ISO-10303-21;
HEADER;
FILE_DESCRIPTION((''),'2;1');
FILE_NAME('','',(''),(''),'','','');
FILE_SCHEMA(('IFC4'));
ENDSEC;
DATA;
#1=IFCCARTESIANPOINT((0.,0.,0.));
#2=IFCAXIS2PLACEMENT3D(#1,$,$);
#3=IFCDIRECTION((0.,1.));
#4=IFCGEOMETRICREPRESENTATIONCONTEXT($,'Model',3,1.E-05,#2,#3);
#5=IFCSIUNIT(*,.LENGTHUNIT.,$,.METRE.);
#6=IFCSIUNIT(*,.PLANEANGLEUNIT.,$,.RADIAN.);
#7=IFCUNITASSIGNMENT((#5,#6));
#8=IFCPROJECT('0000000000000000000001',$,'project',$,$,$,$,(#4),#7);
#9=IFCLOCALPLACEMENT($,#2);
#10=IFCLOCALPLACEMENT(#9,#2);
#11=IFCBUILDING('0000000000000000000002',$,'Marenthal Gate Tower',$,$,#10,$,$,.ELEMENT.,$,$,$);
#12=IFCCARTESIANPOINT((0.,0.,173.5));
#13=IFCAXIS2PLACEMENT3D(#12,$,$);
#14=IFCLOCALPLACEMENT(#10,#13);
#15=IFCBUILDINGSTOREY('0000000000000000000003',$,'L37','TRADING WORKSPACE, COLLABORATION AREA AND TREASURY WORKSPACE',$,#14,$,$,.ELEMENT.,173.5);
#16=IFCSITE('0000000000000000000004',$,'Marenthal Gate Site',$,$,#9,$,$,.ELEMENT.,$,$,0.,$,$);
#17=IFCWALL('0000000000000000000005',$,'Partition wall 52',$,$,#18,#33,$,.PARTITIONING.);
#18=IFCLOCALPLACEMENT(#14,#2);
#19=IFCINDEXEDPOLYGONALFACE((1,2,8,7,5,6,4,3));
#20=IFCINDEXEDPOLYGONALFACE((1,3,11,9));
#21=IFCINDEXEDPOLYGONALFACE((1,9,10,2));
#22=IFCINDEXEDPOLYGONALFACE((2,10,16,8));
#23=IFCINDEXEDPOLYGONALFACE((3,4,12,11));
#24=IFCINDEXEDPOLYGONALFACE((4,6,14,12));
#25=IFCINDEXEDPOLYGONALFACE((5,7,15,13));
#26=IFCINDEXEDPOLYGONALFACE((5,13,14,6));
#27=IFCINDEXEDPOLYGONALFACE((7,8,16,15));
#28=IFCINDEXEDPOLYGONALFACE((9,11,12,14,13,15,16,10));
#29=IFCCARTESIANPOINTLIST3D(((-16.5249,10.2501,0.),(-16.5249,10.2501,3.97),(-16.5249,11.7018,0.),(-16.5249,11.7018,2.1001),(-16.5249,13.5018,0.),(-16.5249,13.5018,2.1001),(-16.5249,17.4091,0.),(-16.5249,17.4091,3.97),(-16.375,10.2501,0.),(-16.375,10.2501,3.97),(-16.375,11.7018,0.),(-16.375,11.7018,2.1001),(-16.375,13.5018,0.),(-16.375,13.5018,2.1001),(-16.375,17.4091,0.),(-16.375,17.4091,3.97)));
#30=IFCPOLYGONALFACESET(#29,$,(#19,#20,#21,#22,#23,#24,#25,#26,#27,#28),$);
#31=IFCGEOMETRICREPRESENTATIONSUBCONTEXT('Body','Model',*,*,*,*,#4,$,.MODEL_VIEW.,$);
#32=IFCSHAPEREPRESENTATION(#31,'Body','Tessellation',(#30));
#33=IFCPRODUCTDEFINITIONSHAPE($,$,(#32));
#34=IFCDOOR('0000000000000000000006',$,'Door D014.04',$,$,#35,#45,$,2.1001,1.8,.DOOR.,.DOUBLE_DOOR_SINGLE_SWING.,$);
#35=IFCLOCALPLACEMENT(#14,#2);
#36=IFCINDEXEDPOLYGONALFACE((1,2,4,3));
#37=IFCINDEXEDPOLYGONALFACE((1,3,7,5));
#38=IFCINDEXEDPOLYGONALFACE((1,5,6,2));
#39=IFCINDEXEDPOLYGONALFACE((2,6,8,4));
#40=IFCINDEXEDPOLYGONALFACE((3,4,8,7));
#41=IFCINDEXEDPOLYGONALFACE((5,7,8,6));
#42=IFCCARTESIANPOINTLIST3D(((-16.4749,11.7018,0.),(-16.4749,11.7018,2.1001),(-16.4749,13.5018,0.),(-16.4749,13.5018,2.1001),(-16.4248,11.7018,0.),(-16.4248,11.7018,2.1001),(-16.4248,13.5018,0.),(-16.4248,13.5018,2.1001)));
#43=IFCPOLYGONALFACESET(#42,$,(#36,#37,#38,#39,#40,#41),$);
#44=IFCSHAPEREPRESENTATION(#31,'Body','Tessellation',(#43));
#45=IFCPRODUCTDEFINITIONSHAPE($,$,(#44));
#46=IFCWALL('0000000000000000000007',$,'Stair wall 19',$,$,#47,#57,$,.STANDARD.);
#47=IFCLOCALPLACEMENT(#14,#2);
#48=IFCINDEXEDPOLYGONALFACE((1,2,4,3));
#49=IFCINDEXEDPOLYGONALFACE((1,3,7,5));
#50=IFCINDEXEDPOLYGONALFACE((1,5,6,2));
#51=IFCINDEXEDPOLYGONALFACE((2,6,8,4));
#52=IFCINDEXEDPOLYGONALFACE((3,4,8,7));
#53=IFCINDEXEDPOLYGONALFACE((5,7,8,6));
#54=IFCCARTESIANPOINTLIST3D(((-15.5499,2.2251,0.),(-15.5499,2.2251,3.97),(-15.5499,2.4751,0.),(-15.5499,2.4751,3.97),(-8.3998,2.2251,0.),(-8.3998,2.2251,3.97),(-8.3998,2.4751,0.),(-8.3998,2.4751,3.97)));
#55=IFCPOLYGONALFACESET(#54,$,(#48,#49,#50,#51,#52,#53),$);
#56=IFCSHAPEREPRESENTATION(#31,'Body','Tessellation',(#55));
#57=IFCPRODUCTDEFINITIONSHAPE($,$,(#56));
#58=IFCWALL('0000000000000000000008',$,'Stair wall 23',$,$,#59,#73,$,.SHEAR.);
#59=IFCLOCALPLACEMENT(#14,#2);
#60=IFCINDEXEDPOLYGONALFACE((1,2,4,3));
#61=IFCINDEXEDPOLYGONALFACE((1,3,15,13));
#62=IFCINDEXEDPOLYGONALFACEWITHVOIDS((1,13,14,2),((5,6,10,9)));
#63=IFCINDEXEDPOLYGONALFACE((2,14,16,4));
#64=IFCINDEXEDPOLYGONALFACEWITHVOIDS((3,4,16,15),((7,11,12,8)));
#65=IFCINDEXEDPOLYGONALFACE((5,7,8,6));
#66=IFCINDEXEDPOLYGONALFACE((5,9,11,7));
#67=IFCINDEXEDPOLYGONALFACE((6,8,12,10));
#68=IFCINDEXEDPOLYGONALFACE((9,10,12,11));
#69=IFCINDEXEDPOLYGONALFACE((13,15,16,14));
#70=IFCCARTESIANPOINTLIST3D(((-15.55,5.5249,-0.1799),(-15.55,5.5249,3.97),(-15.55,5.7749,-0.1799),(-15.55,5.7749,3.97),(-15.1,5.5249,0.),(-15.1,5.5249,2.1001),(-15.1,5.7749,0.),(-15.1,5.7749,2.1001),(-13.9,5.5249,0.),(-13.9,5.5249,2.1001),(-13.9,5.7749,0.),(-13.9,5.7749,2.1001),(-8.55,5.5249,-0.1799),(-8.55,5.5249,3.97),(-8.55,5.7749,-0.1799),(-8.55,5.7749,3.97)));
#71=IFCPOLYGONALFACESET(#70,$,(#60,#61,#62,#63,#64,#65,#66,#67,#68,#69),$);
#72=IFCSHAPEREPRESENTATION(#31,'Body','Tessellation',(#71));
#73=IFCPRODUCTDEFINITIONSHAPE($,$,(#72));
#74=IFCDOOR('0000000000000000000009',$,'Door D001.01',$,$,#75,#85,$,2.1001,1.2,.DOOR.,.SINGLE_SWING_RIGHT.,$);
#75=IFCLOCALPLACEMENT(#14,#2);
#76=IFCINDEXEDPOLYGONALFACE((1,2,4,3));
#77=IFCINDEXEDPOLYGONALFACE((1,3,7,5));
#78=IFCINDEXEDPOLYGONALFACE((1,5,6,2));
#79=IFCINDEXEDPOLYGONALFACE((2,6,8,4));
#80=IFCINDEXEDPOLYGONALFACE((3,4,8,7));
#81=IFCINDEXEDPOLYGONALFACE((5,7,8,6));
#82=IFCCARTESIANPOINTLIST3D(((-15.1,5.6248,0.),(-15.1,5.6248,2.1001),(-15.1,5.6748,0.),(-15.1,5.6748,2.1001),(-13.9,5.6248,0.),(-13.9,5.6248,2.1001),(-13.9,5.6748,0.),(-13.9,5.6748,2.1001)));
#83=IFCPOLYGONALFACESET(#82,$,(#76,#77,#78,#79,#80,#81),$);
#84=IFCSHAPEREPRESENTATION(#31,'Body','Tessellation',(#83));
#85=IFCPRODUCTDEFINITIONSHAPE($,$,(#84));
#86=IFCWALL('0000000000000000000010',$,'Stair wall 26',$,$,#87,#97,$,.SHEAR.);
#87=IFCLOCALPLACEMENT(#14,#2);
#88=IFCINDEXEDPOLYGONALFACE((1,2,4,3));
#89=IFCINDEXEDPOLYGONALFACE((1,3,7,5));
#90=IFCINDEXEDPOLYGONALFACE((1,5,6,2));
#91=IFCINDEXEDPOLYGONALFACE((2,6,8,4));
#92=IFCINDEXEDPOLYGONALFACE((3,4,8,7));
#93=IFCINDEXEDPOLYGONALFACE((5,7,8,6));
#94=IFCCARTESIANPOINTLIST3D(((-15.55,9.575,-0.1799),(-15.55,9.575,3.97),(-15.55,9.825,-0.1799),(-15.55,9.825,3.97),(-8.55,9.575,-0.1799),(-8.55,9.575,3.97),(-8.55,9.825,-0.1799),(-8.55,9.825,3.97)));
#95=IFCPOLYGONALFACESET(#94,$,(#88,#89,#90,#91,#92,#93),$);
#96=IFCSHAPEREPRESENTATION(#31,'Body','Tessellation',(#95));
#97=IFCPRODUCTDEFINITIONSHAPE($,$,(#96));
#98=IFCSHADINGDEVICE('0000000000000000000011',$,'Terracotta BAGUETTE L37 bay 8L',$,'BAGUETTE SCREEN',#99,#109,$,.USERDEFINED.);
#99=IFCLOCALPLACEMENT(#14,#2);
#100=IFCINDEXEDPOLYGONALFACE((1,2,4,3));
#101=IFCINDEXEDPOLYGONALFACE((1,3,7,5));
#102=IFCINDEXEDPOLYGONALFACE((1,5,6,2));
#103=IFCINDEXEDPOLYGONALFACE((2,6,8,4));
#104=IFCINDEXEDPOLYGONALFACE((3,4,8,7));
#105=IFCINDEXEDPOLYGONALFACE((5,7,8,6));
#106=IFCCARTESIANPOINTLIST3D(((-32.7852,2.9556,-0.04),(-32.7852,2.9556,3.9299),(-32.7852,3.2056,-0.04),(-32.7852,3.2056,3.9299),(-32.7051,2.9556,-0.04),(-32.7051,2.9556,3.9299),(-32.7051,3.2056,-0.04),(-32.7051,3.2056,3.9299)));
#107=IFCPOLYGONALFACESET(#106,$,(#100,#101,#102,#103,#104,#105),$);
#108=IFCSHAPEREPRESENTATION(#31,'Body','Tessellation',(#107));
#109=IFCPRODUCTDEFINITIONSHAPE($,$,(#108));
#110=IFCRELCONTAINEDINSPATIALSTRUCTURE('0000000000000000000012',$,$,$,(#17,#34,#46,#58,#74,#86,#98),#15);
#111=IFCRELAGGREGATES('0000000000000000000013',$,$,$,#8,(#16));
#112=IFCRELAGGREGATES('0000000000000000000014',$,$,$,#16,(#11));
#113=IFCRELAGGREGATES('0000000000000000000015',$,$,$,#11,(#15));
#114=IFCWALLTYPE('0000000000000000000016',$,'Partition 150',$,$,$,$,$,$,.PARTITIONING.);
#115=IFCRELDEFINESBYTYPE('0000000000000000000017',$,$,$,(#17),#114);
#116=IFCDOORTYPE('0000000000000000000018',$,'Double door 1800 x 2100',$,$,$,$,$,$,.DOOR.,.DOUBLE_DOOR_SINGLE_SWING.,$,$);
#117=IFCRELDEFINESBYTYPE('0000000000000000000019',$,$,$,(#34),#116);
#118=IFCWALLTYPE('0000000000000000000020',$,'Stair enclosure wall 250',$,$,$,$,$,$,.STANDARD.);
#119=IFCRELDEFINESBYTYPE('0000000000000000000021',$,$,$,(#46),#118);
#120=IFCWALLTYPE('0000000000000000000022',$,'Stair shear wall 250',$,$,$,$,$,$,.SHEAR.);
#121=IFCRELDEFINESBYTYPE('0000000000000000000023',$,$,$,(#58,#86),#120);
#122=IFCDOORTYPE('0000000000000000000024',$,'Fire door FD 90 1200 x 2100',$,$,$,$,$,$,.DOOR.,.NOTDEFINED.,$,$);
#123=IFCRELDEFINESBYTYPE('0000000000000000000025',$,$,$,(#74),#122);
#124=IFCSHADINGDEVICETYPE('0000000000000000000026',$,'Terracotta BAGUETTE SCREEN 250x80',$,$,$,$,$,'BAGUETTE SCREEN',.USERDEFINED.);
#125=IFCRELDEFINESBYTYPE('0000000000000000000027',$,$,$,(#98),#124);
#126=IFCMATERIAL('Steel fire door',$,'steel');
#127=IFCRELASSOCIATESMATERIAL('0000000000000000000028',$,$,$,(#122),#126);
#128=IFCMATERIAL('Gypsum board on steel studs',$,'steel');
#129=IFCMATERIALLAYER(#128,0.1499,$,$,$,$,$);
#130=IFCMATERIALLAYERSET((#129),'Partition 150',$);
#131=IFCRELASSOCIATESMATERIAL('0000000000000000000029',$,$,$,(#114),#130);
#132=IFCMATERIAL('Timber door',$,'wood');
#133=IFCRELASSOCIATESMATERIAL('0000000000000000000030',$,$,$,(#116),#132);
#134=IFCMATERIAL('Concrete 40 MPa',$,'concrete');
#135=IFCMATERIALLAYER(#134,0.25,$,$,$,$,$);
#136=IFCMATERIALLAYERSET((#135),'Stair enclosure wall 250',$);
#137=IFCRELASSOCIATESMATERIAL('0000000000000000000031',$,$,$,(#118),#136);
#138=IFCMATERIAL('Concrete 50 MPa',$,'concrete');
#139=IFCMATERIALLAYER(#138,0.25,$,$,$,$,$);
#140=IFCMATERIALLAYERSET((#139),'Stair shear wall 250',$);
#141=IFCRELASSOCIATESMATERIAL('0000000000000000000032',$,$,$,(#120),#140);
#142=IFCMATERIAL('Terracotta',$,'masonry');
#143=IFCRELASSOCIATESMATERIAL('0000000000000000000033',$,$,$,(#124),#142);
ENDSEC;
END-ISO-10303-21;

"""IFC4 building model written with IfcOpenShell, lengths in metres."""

from ifc_helpers import new_model, si_unit, direction, frame, frame_2d, origin, origin_2d, place, context, subcontext, project, spatial, rectangle, extrude, material, layer, layer_set, material_profile, profile_set, type_object, element, fill, save


model = new_model("IFC4")

# Units and contexts
model_context = context("Model", 3, precision=1e-05, world=origin(), true_north=direction((0.0, 1.0)))
body_context = subcontext(model_context, "Body", "Model", "MODEL_VIEW")
ifc_project = project(units=[si_unit("LENGTHUNIT", "METRE"), si_unit("PLANEANGLEUNIT", "RADIAN")], contexts=[model_context])

# Site, building, storey
site_placement = place(None, origin())
site = spatial("IfcSite", under=ifc_project, at=site_placement, Name="Marenthal Gate Site", CompositionType="ELEMENT", RefElevation=0.0)
building_placement = place(site_placement, origin())
building = spatial("IfcBuilding", under=site, at=building_placement, Name="Marenthal Gate Tower", CompositionType="ELEMENT")
storey_placement = place(building_placement, frame((0.0, 0.0, 173.5)))
storey = spatial("IfcBuildingStorey", under=building, at=storey_placement, Name="L37", Description="TRADING WORKSPACE, COLLABORATION AREA AND TREASURY WORKSPACE", CompositionType="ELEMENT", Elevation=173.5)

# Shared definitions
ifc_material_1 = material(Name="Steel fire door", Category="steel")
door_type_1 = type_object("IfcDoorType", Name="Fire door FD 90 1200 x 2100", OperationType="NOTDEFINED", PredefinedType="DOOR", material=ifc_material_1)

# Wall, opening, door
ifc_material_2 = material(Name="Gypsum board on steel studs", Category="steel")
ifc_layer_1 = layer(ifc_material_2, 0.1499)
ifc_layer_set_1 = layer_set([ifc_layer_1], Name="Partition 150")
wall_type_1 = type_object("IfcWallType", Name="Partition 150", PredefinedType="PARTITIONING", material=ifc_layer_set_1)
wall_1_placement = place(storey_placement, frame((-16.45, 10.25, 0.0), z_axis=(0.0, 0.0, 1.0), x_axis=(0.0, 1.0, 0.0)))
wall_1 = element("IfcWall", 1, at=wall_1_placement, inside=storey, type_object=wall_type_1, Name="Partition wall 52", PredefinedType="PARTITIONING", context=body_context, shape_type="SweptSolid", body=[
    extrude(rectangle(XDim=7.1589, YDim=0.1499, at=frame_2d((3.5796, 0.0))), origin(), (0.0, 0.0, 1.0), 3.97),
])
opening_1_placement = place(wall_1_placement, frame((1.4519, 0.0, 0.0)))
opening_1 = element("IfcOpeningElement", 2, at=opening_1_placement, cuts=wall_1, PredefinedType="OPENING", context=body_context, shape_type="SweptSolid", body=[
    extrude(rectangle(XDim=1.8, YDim=2.1001, at=frame_2d((0.8999, 1.05))), frame((0.0, 0.085, 0.0), z_axis=(0.0, -1.0, 0.0), x_axis=(1.0, 0.0, 0.0)), (0.0, 0.0, 1.0), 0.1699),
])
ifc_material_3 = material(Name="Timber door", Category="wood")
door_type_2 = type_object("IfcDoorType", Name="Double door 1800 x 2100", OperationType="DOUBLE_DOOR_SINGLE_SWING", PredefinedType="DOOR", material=ifc_material_3)
door_1_placement = place(opening_1_placement, origin())
door_1 = element("IfcDoor", 3, at=door_1_placement, inside=storey, type_object=door_type_2, Name="Door D014.04", OperationType="DOUBLE_DOOR_SINGLE_SWING", OverallHeight=2.1001, OverallWidth=1.8, PredefinedType="DOOR", context=body_context, shape_type="SweptSolid", body=[
    extrude(rectangle(XDim=1.8, YDim=2.1001, at=frame_2d((0.8999, 1.05))), frame((0.0, 0.0249, 0.0), z_axis=(0.0, -1.0, 0.0), x_axis=(1.0, 0.0, 0.0)), (0.0, 0.0, 1.0), 0.05),
])
fill(opening_1, door_1)

# Wall
ifc_material_4 = material(Name="Concrete 40 MPa", Category="concrete")
ifc_layer_2 = layer(ifc_material_4, 0.25)
ifc_layer_set_2 = layer_set([ifc_layer_2], Name="Stair enclosure wall 250")
wall_type_2 = type_object("IfcWallType", Name="Stair enclosure wall 250", PredefinedType="STANDARD", material=ifc_layer_set_2)
wall_2_placement = place(storey_placement, frame((-15.55, 2.3501, 0.0), z_axis=(0.0, 0.0, 1.0), x_axis=(1.0, 0.0, 0.0)))
element("IfcWall", 4, at=wall_2_placement, inside=storey, type_object=wall_type_2, Name="Stair wall 19", PredefinedType="STANDARD", context=body_context, shape_type="SweptSolid", body=[
    extrude(rectangle(XDim=7.1501, YDim=0.25, at=frame_2d((3.5752, 0.0))), origin(), (0.0, 0.0, 1.0), 3.97),
])

# Wall, opening, door
ifc_material_5 = material(Name="Concrete 50 MPa", Category="concrete")
ifc_layer_3 = layer(ifc_material_5, 0.25)
ifc_layer_set_3 = layer_set([ifc_layer_3], Name="Stair shear wall 250")
wall_type_3 = type_object("IfcWallType", Name="Stair shear wall 250", PredefinedType="SHEAR", material=ifc_layer_set_3)
wall_3_placement = place(storey_placement, frame((-15.55, 5.6499, -0.1799), z_axis=(0.0, 0.0, 1.0), x_axis=(1.0, 0.0, 0.0)))
wall_3 = element("IfcWall", 5, at=wall_3_placement, inside=storey, type_object=wall_type_3, Name="Stair wall 23", PredefinedType="SHEAR", context=body_context, shape_type="SweptSolid", body=[
    extrude(rectangle(XDim=7.0, YDim=0.25, at=frame_2d((3.5, 0.0))), origin(), (0.0, 0.0, 1.0), 4.1499),
])
opening_2_placement = place(wall_3_placement, frame((0.45, 0.0, 0.1799)))
opening_2 = element("IfcOpeningElement", 6, at=opening_2_placement, cuts=wall_3, PredefinedType="OPENING", context=body_context, shape_type="SweptSolid", body=[
    extrude(rectangle(XDim=1.2, YDim=2.1001, at=frame_2d((0.6001, 1.05))), frame((0.0, 0.135, 0.0), z_axis=(0.0, -1.0, 0.0), x_axis=(1.0, 0.0, 0.0)), (0.0, 0.0, 1.0), 0.27),
])
door_2_placement = place(opening_2_placement, origin())
door_2 = element("IfcDoor", 7, at=door_2_placement, inside=storey, type_object=door_type_1, Name="Door D001.01", OperationType="SINGLE_SWING_RIGHT", OverallHeight=2.1001, OverallWidth=1.2, PredefinedType="DOOR", context=body_context, shape_type="SweptSolid", body=[
    extrude(rectangle(XDim=1.2, YDim=2.1001, at=frame_2d((0.6001, 1.05))), frame((0.0, 0.0249, 0.0), z_axis=(0.0, -1.0, 0.0), x_axis=(1.0, 0.0, 0.0)), (0.0, 0.0, 1.0), 0.05),
])
fill(opening_2, door_2)

# Wall
wall_4_placement = place(storey_placement, frame((-15.55, 9.7, -0.1799), z_axis=(0.0, 0.0, 1.0), x_axis=(1.0, 0.0, 0.0)))
element("IfcWall", 8, at=wall_4_placement, inside=storey, type_object=wall_type_3, Name="Stair wall 26", PredefinedType="SHEAR", context=body_context, shape_type="SweptSolid", body=[
    extrude(rectangle(XDim=7.0, YDim=0.25, at=frame_2d((3.5, 0.0))), origin(), (0.0, 0.0, 1.0), 4.1499),
])

# Shading device
ifc_material_6 = material(Name="Terracotta", Category="masonry")
ifc_material_profile_1 = material_profile(ifc_material_6, rectangle(XDim=0.25, YDim=0.0801, at=origin_2d()), Name="Terracotta baguette 250x80")
ifc_profile_set_1 = profile_set([ifc_material_profile_1], Name="Terracotta")
shading_device_type = type_object("IfcShadingDeviceType", Name="Terracotta BAGUETTE SCREEN 250x80", ElementType="BAGUETTE SCREEN", PredefinedType="USERDEFINED", material=ifc_profile_set_1)
shading_device_placement = place(storey_placement, frame((-32.7451, 3.0806, -0.04), z_axis=(0.0, 0.0, 1.0), x_axis=(0.0, -1.0, 0.0)))
element("IfcShadingDevice", 9, at=shading_device_placement, inside=storey, type_object=shading_device_type, Name="Terracotta BAGUETTE L37 bay 8L", ObjectType="BAGUETTE SCREEN", PredefinedType="USERDEFINED", context=body_context, shape_type="SweptSolid", body=[
    extrude(rectangle(XDim=0.25, YDim=0.0801, at=origin_2d()), origin(), (0.0, 0.0, 1.0), 3.97),
])

save(model, "model.ifc")
